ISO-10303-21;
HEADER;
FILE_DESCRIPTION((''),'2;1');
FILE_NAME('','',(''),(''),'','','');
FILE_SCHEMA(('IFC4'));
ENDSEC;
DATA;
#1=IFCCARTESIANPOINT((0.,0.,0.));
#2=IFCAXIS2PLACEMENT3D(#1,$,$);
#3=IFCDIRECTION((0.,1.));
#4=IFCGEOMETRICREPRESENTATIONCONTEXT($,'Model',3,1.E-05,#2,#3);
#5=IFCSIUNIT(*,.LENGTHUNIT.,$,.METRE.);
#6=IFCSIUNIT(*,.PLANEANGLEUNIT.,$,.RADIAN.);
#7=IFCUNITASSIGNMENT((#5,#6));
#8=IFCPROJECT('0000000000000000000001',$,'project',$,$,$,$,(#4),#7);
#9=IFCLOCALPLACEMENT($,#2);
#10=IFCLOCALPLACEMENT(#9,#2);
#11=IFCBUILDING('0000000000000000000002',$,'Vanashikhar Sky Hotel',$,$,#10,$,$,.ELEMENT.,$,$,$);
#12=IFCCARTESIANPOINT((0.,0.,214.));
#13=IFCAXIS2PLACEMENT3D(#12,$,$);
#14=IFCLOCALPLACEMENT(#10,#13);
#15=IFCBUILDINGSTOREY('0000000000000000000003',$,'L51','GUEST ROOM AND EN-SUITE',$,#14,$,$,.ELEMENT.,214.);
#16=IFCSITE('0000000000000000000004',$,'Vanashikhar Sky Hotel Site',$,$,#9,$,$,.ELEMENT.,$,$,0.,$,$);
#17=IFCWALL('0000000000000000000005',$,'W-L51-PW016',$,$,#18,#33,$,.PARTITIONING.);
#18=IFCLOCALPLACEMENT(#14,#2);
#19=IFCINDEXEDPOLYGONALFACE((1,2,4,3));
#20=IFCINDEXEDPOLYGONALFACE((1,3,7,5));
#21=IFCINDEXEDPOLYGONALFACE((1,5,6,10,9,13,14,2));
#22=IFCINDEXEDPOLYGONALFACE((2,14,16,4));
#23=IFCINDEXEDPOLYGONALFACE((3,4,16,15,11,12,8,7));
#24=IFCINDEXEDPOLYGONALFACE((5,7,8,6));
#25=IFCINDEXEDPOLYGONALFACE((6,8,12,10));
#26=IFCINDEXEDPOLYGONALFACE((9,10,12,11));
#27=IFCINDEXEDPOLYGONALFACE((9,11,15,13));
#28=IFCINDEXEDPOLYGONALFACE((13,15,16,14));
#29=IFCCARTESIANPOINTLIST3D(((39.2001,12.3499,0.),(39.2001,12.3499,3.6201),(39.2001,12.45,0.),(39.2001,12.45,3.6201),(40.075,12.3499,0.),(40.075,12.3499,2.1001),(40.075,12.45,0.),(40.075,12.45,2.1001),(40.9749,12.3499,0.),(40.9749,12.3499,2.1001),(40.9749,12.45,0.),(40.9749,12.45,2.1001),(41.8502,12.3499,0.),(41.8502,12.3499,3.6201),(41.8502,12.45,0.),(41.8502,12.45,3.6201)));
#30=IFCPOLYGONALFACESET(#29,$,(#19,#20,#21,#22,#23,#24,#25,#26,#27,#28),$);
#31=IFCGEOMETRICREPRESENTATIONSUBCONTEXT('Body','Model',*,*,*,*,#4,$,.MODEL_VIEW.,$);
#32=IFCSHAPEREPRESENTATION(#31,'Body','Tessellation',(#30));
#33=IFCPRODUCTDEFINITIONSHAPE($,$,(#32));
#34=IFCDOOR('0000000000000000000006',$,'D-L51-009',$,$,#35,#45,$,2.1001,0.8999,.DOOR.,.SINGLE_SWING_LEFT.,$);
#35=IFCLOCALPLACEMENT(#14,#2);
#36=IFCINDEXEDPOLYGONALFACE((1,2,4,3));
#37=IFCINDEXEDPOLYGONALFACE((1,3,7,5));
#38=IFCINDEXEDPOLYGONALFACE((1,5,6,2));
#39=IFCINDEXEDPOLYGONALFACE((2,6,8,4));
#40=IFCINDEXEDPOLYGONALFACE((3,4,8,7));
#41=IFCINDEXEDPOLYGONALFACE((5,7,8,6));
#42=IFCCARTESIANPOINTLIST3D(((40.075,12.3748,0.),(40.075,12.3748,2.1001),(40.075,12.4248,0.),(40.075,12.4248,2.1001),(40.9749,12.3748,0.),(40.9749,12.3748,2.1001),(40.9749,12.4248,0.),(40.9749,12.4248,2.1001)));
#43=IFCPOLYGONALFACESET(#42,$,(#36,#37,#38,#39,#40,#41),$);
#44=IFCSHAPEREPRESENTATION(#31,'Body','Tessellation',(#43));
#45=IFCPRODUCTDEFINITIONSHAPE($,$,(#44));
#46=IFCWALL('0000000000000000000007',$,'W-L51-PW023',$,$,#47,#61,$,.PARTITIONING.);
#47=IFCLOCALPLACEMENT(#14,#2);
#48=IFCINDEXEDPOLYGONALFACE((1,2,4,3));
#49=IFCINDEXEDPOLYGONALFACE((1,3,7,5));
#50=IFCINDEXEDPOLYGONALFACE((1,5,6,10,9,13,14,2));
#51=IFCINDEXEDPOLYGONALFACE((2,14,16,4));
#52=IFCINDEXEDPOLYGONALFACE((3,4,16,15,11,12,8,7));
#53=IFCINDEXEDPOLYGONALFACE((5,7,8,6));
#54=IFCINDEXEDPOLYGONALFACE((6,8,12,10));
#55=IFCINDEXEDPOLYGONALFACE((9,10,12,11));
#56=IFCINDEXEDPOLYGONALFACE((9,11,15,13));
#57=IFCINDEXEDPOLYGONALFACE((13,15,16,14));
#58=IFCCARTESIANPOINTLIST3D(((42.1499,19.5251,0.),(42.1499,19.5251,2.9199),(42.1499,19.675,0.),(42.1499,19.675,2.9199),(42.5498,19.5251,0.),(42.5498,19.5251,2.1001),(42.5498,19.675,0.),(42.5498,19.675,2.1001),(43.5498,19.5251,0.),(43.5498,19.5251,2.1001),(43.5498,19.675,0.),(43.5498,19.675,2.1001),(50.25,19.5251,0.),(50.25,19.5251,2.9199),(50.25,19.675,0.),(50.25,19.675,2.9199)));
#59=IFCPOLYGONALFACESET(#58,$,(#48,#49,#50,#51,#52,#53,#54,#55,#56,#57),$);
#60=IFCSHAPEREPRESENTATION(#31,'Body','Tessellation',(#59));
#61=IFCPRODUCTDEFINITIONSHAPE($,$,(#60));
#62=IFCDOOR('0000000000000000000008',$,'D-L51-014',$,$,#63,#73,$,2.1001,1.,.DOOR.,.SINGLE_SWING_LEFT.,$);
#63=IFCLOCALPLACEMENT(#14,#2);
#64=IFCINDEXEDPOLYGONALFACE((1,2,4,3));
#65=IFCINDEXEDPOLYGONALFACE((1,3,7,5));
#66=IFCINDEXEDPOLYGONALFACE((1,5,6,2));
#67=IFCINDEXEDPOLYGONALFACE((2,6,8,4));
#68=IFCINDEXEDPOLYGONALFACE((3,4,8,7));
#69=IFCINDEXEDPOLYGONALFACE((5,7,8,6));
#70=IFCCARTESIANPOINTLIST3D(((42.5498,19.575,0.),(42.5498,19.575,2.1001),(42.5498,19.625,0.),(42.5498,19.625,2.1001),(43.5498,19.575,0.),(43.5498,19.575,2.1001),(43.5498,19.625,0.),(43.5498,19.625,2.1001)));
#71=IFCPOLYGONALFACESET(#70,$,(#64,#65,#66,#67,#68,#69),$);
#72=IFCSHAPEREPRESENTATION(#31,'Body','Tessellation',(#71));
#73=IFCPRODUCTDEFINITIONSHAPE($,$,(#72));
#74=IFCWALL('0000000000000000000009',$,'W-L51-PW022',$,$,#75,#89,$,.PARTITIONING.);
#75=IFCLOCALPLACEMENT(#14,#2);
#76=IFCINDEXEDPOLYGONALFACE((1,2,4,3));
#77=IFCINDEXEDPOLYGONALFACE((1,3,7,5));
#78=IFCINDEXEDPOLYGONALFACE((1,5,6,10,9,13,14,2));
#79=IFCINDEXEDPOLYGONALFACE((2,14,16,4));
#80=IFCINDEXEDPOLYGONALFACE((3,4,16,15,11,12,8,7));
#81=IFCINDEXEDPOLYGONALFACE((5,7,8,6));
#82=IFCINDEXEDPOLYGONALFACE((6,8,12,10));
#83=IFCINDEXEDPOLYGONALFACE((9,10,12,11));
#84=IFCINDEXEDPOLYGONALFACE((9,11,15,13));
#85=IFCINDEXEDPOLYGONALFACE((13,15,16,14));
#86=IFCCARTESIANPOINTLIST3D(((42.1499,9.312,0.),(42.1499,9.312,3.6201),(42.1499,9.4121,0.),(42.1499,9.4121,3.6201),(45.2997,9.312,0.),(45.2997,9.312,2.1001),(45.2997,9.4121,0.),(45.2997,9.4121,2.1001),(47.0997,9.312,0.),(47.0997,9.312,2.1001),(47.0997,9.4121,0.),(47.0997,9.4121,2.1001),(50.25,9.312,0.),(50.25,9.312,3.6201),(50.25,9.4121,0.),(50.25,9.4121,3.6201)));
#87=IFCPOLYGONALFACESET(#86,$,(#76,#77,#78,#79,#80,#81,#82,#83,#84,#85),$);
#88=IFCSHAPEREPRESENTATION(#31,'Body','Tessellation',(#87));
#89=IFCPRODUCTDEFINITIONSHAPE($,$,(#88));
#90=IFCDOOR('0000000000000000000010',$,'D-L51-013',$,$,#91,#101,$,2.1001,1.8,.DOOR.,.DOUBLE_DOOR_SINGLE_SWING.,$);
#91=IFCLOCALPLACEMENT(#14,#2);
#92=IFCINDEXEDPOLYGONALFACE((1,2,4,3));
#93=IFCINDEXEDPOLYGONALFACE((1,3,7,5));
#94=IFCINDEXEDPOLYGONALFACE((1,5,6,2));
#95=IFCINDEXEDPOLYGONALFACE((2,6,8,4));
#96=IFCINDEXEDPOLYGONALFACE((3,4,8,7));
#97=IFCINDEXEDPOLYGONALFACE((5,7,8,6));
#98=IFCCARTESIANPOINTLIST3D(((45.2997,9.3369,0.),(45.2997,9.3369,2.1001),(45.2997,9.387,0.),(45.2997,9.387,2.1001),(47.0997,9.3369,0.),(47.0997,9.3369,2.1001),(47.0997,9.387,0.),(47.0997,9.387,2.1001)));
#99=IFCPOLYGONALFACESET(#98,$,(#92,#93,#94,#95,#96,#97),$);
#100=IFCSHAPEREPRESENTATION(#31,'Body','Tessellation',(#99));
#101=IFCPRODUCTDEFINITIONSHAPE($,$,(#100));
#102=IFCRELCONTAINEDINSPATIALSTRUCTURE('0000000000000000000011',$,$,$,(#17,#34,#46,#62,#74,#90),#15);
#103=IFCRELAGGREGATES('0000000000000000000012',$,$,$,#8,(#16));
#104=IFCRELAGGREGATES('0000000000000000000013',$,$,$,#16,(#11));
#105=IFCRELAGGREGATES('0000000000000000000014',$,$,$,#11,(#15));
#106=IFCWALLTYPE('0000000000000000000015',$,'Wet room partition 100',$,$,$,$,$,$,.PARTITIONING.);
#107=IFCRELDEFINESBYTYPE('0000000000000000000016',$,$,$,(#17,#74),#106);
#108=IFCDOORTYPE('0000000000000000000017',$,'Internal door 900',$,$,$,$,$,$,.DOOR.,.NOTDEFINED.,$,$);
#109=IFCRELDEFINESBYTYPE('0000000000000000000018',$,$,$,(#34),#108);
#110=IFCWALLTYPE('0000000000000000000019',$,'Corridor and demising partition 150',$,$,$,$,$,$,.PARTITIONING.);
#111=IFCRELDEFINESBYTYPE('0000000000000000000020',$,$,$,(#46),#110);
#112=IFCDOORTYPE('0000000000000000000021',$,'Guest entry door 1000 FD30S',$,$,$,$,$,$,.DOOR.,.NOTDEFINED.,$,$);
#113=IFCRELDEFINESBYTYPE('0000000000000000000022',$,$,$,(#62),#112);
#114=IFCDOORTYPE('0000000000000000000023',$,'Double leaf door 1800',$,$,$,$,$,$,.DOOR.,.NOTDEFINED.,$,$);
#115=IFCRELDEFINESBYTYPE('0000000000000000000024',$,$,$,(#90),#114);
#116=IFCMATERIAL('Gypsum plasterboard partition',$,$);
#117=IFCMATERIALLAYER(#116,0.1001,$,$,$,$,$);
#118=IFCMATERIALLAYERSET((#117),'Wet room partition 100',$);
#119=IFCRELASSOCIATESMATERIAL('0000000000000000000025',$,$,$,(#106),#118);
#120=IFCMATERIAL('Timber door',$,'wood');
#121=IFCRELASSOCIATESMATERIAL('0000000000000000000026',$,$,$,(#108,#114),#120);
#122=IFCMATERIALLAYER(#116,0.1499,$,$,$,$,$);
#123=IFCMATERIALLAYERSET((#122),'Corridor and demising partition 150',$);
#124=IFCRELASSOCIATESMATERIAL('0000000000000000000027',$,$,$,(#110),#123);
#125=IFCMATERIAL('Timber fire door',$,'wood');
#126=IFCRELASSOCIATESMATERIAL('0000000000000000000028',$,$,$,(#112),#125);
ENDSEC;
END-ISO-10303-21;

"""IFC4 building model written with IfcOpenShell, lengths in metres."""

from ifc_helpers import new_model, si_unit, direction, frame, frame_2d, origin, place, context, subcontext, project, spatial, rectangle, extrude, source, transform, mapped, material, layer, layer_set, type_object, element, fill, save


model = new_model("IFC4")

# Units and contexts
model_context = context("Model", 3, precision=1e-05, world=origin(), true_north=direction((0.0, 1.0)))
body_context = subcontext(model_context, "Body", "Model", "MODEL_VIEW")
ifc_project = project(units=[si_unit("LENGTHUNIT", "METRE"), si_unit("PLANEANGLEUNIT", "RADIAN")], contexts=[model_context])

# Site, building, storey
site_placement = place(None, origin())
site = spatial("IfcSite", under=ifc_project, at=site_placement, Name="Vanashikhar Sky Hotel Site", CompositionType="ELEMENT", RefElevation=0.0)
building_placement = place(site_placement, origin())
building = spatial("IfcBuilding", under=site, at=building_placement, Name="Vanashikhar Sky Hotel", CompositionType="ELEMENT")
storey_placement = place(building_placement, frame((0.0, 0.0, 214.0)))
storey = spatial("IfcBuildingStorey", under=building, at=storey_placement, Name="L51", Description="GUEST ROOM AND EN-SUITE", CompositionType="ELEMENT", Elevation=214.0)

# Shared definitions
shared_shape_1 = source(origin(), body_context, "Body", "SweptSolid", [
    extrude(rectangle(XDim=0.8999, YDim=2.1001, at=frame_2d((0.45, 1.05))), frame((0.0, 0.0249, 0.0), z_axis=(0.0, -1.0, 0.0), x_axis=(1.0, 0.0, 0.0)), (0.0, 0.0, 1.0), 0.05),
])

# Shared definitions
ifc_material_1 = material(Name="Gypsum plasterboard partition")
ifc_layer_1 = layer(ifc_material_1, 0.1001)
ifc_layer_set_1 = layer_set([ifc_layer_1], Name="Wet room partition 100")
wall_type_1 = type_object("IfcWallType", Name="Wet room partition 100", PredefinedType="PARTITIONING", material=ifc_layer_set_1)

# Walls, openings, doors
shared_shape_2 = source(origin(), body_context, "Body", "SweptSolid", [
    extrude(rectangle(XDim=0.8999, YDim=2.1001, at=frame_2d((0.45, 1.05))), frame((0.0, 0.0601, 0.0), z_axis=(0.0, -1.0, 0.0), x_axis=(1.0, 0.0, 0.0)), (0.0, 0.0, 1.0), 0.1201),
])
ifc_material_2 = material(Name="Timber door", Category="wood")
door_type_1 = type_object("IfcDoorType", Name="Internal door 900", OperationType="NOTDEFINED", PredefinedType="DOOR", material=ifc_material_2)
shared_shape_3 = source(origin(), body_context, "Body", "SweptSolid", [
    extrude(rectangle(XDim=2.6501, YDim=0.1001, at=frame_2d((1.3252, 0.0))), origin(), (0.0, 0.0, 1.0), 3.6201),
])
wall_1_placement = place(storey_placement, frame((39.2, 12.3999, 0.0), z_axis=(0.0, 0.0, 1.0), x_axis=(1.0, 0.0, 0.0)))
wall_1 = element("IfcWall", 1, at=wall_1_placement, inside=storey, type_object=wall_type_1, Name="W-L51-PW016", PredefinedType="PARTITIONING", context=body_context, shape_type="MappedRepresentation", body=[
    mapped(shared_shape_3, transform((0.0, 0.0, 0.0), scale=1.0)),
])
opening_1_placement = place(wall_1_placement, frame((0.875, 0.0, 0.0)))
opening_1 = element("IfcOpeningElement", 2, at=opening_1_placement, cuts=wall_1, PredefinedType="OPENING", context=body_context, shape_type="MappedRepresentation", body=[
    mapped(shared_shape_2, transform((0.0, 0.0, 0.0), scale=1.0)),
])
door_1_placement = place(opening_1_placement, origin())
door_1 = element("IfcDoor", 3, at=door_1_placement, inside=storey, type_object=door_type_1, Name="D-L51-009", OperationType="SINGLE_SWING_LEFT", OverallHeight=2.1001, OverallWidth=0.8999, PredefinedType="DOOR", context=body_context, shape_type="MappedRepresentation", body=[
    mapped(shared_shape_1, transform((0.0, 0.0, 0.0), scale=1.0)),
])
fill(opening_1, door_1)
ifc_layer_2 = layer(ifc_material_1, 0.1499)
ifc_layer_set_2 = layer_set([ifc_layer_2], Name="Corridor and demising partition 150")
wall_type_2 = type_object("IfcWallType", Name="Corridor and demising partition 150", PredefinedType="PARTITIONING", material=ifc_layer_set_2)
shared_shape_4 = source(origin(), body_context, "Body", "SweptSolid", [
    extrude(rectangle(XDim=8.1001, YDim=0.1499, at=frame_2d((4.05, 0.0))), origin(), (0.0, 0.0, 1.0), 2.9199),
])
wall_2_placement = place(storey_placement, frame((42.1499, 19.6001, 0.0), z_axis=(0.0, 0.0, 1.0), x_axis=(1.0, 0.0, 0.0)))
wall_2 = element("IfcWall", 4, at=wall_2_placement, inside=storey, type_object=wall_type_2, Name="W-L51-PW023", PredefinedType="PARTITIONING", context=body_context, shape_type="MappedRepresentation", body=[
    mapped(shared_shape_4, transform((0.0, 0.0, 0.0), scale=1.0)),
])
shared_shape_5 = source(origin(), body_context, "Body", "SweptSolid", [
    extrude(rectangle(XDim=1.0, YDim=2.1001, at=frame_2d((0.5, 1.05))), frame((0.0, 0.085, 0.0), z_axis=(0.0, -1.0, 0.0), x_axis=(1.0, 0.0, 0.0)), (0.0, 0.0, 1.0), 0.1699),
])
opening_2_placement = place(wall_2_placement, frame((0.3999, 0.0, 0.0)))
opening_2 = element("IfcOpeningElement", 5, at=opening_2_placement, cuts=wall_2, PredefinedType="OPENING", context=body_context, shape_type="MappedRepresentation", body=[
    mapped(shared_shape_5, transform((0.0, 0.0, 0.0), scale=1.0)),
])
ifc_material_3 = material(Name="Timber fire door", Category="wood")
door_type_2 = type_object("IfcDoorType", Name="Guest entry door 1000 FD30S", OperationType="NOTDEFINED", PredefinedType="DOOR", material=ifc_material_3)
shared_shape_6 = source(origin(), body_context, "Body", "SweptSolid", [
    extrude(rectangle(XDim=1.0, YDim=2.1001, at=frame_2d((0.5, 1.05))), frame((0.0, 0.0249, 0.0), z_axis=(0.0, -1.0, 0.0), x_axis=(1.0, 0.0, 0.0)), (0.0, 0.0, 1.0), 0.05),
])
door_2_placement = place(opening_2_placement, origin())
door_2 = element("IfcDoor", 6, at=door_2_placement, inside=storey, type_object=door_type_2, Name="D-L51-014", OperationType="SINGLE_SWING_LEFT", OverallHeight=2.1001, OverallWidth=1.0, PredefinedType="DOOR", context=body_context, shape_type="MappedRepresentation", body=[
    mapped(shared_shape_6, transform((0.0, 0.0, 0.0), scale=1.0)),
])
fill(opening_2, door_2)
shared_shape_7 = source(origin(), body_context, "Body", "SweptSolid", [
    extrude(rectangle(XDim=8.1001, YDim=0.1001, at=frame_2d((4.05, 0.0))), origin(), (0.0, 0.0, 1.0), 3.6201),
])
wall_3_placement = place(storey_placement, frame((42.1499, 9.3621, 0.0), z_axis=(0.0, 0.0, 1.0), x_axis=(1.0, 0.0, 0.0)))
wall_3 = element("IfcWall", 7, at=wall_3_placement, inside=storey, type_object=wall_type_1, Name="W-L51-PW022", PredefinedType="PARTITIONING", context=body_context, shape_type="MappedRepresentation", body=[
    mapped(shared_shape_7, transform((0.0, 0.0, 0.0), scale=1.0)),
])
shared_shape_8 = source(origin(), body_context, "Body", "SweptSolid", [
    extrude(rectangle(XDim=1.8, YDim=2.1001, at=frame_2d((0.8999, 1.05))), frame((0.0, 0.0601, 0.0), z_axis=(0.0, -1.0, 0.0), x_axis=(1.0, 0.0, 0.0)), (0.0, 0.0, 1.0), 0.1201),
])
opening_3_placement = place(wall_3_placement, frame((3.1499, 0.0, 0.0)))
opening_3 = element("IfcOpeningElement", 8, at=opening_3_placement, cuts=wall_3, PredefinedType="OPENING", context=body_context, shape_type="MappedRepresentation", body=[
    mapped(shared_shape_8, transform((0.0, 0.0, 0.0), scale=1.0)),
])
door_type_3 = type_object("IfcDoorType", Name="Double leaf door 1800", OperationType="NOTDEFINED", PredefinedType="DOOR", material=ifc_material_2)
shared_shape_9 = source(origin(), body_context, "Body", "SweptSolid", [
    extrude(rectangle(XDim=1.8, YDim=2.1001, at=frame_2d((0.8999, 1.05))), frame((0.0, 0.0249, 0.0), z_axis=(0.0, -1.0, 0.0), x_axis=(1.0, 0.0, 0.0)), (0.0, 0.0, 1.0), 0.05),
])
door_3_placement = place(opening_3_placement, origin())
door_3 = element("IfcDoor", 9, at=door_3_placement, inside=storey, type_object=door_type_3, Name="D-L51-013", OperationType="DOUBLE_DOOR_SINGLE_SWING", OverallHeight=2.1001, OverallWidth=1.8, PredefinedType="DOOR", context=body_context, shape_type="MappedRepresentation", body=[
    mapped(shared_shape_9, transform((0.0, 0.0, 0.0), scale=1.0)),
])
fill(opening_3, door_3)

save(model, "model.ifc")
